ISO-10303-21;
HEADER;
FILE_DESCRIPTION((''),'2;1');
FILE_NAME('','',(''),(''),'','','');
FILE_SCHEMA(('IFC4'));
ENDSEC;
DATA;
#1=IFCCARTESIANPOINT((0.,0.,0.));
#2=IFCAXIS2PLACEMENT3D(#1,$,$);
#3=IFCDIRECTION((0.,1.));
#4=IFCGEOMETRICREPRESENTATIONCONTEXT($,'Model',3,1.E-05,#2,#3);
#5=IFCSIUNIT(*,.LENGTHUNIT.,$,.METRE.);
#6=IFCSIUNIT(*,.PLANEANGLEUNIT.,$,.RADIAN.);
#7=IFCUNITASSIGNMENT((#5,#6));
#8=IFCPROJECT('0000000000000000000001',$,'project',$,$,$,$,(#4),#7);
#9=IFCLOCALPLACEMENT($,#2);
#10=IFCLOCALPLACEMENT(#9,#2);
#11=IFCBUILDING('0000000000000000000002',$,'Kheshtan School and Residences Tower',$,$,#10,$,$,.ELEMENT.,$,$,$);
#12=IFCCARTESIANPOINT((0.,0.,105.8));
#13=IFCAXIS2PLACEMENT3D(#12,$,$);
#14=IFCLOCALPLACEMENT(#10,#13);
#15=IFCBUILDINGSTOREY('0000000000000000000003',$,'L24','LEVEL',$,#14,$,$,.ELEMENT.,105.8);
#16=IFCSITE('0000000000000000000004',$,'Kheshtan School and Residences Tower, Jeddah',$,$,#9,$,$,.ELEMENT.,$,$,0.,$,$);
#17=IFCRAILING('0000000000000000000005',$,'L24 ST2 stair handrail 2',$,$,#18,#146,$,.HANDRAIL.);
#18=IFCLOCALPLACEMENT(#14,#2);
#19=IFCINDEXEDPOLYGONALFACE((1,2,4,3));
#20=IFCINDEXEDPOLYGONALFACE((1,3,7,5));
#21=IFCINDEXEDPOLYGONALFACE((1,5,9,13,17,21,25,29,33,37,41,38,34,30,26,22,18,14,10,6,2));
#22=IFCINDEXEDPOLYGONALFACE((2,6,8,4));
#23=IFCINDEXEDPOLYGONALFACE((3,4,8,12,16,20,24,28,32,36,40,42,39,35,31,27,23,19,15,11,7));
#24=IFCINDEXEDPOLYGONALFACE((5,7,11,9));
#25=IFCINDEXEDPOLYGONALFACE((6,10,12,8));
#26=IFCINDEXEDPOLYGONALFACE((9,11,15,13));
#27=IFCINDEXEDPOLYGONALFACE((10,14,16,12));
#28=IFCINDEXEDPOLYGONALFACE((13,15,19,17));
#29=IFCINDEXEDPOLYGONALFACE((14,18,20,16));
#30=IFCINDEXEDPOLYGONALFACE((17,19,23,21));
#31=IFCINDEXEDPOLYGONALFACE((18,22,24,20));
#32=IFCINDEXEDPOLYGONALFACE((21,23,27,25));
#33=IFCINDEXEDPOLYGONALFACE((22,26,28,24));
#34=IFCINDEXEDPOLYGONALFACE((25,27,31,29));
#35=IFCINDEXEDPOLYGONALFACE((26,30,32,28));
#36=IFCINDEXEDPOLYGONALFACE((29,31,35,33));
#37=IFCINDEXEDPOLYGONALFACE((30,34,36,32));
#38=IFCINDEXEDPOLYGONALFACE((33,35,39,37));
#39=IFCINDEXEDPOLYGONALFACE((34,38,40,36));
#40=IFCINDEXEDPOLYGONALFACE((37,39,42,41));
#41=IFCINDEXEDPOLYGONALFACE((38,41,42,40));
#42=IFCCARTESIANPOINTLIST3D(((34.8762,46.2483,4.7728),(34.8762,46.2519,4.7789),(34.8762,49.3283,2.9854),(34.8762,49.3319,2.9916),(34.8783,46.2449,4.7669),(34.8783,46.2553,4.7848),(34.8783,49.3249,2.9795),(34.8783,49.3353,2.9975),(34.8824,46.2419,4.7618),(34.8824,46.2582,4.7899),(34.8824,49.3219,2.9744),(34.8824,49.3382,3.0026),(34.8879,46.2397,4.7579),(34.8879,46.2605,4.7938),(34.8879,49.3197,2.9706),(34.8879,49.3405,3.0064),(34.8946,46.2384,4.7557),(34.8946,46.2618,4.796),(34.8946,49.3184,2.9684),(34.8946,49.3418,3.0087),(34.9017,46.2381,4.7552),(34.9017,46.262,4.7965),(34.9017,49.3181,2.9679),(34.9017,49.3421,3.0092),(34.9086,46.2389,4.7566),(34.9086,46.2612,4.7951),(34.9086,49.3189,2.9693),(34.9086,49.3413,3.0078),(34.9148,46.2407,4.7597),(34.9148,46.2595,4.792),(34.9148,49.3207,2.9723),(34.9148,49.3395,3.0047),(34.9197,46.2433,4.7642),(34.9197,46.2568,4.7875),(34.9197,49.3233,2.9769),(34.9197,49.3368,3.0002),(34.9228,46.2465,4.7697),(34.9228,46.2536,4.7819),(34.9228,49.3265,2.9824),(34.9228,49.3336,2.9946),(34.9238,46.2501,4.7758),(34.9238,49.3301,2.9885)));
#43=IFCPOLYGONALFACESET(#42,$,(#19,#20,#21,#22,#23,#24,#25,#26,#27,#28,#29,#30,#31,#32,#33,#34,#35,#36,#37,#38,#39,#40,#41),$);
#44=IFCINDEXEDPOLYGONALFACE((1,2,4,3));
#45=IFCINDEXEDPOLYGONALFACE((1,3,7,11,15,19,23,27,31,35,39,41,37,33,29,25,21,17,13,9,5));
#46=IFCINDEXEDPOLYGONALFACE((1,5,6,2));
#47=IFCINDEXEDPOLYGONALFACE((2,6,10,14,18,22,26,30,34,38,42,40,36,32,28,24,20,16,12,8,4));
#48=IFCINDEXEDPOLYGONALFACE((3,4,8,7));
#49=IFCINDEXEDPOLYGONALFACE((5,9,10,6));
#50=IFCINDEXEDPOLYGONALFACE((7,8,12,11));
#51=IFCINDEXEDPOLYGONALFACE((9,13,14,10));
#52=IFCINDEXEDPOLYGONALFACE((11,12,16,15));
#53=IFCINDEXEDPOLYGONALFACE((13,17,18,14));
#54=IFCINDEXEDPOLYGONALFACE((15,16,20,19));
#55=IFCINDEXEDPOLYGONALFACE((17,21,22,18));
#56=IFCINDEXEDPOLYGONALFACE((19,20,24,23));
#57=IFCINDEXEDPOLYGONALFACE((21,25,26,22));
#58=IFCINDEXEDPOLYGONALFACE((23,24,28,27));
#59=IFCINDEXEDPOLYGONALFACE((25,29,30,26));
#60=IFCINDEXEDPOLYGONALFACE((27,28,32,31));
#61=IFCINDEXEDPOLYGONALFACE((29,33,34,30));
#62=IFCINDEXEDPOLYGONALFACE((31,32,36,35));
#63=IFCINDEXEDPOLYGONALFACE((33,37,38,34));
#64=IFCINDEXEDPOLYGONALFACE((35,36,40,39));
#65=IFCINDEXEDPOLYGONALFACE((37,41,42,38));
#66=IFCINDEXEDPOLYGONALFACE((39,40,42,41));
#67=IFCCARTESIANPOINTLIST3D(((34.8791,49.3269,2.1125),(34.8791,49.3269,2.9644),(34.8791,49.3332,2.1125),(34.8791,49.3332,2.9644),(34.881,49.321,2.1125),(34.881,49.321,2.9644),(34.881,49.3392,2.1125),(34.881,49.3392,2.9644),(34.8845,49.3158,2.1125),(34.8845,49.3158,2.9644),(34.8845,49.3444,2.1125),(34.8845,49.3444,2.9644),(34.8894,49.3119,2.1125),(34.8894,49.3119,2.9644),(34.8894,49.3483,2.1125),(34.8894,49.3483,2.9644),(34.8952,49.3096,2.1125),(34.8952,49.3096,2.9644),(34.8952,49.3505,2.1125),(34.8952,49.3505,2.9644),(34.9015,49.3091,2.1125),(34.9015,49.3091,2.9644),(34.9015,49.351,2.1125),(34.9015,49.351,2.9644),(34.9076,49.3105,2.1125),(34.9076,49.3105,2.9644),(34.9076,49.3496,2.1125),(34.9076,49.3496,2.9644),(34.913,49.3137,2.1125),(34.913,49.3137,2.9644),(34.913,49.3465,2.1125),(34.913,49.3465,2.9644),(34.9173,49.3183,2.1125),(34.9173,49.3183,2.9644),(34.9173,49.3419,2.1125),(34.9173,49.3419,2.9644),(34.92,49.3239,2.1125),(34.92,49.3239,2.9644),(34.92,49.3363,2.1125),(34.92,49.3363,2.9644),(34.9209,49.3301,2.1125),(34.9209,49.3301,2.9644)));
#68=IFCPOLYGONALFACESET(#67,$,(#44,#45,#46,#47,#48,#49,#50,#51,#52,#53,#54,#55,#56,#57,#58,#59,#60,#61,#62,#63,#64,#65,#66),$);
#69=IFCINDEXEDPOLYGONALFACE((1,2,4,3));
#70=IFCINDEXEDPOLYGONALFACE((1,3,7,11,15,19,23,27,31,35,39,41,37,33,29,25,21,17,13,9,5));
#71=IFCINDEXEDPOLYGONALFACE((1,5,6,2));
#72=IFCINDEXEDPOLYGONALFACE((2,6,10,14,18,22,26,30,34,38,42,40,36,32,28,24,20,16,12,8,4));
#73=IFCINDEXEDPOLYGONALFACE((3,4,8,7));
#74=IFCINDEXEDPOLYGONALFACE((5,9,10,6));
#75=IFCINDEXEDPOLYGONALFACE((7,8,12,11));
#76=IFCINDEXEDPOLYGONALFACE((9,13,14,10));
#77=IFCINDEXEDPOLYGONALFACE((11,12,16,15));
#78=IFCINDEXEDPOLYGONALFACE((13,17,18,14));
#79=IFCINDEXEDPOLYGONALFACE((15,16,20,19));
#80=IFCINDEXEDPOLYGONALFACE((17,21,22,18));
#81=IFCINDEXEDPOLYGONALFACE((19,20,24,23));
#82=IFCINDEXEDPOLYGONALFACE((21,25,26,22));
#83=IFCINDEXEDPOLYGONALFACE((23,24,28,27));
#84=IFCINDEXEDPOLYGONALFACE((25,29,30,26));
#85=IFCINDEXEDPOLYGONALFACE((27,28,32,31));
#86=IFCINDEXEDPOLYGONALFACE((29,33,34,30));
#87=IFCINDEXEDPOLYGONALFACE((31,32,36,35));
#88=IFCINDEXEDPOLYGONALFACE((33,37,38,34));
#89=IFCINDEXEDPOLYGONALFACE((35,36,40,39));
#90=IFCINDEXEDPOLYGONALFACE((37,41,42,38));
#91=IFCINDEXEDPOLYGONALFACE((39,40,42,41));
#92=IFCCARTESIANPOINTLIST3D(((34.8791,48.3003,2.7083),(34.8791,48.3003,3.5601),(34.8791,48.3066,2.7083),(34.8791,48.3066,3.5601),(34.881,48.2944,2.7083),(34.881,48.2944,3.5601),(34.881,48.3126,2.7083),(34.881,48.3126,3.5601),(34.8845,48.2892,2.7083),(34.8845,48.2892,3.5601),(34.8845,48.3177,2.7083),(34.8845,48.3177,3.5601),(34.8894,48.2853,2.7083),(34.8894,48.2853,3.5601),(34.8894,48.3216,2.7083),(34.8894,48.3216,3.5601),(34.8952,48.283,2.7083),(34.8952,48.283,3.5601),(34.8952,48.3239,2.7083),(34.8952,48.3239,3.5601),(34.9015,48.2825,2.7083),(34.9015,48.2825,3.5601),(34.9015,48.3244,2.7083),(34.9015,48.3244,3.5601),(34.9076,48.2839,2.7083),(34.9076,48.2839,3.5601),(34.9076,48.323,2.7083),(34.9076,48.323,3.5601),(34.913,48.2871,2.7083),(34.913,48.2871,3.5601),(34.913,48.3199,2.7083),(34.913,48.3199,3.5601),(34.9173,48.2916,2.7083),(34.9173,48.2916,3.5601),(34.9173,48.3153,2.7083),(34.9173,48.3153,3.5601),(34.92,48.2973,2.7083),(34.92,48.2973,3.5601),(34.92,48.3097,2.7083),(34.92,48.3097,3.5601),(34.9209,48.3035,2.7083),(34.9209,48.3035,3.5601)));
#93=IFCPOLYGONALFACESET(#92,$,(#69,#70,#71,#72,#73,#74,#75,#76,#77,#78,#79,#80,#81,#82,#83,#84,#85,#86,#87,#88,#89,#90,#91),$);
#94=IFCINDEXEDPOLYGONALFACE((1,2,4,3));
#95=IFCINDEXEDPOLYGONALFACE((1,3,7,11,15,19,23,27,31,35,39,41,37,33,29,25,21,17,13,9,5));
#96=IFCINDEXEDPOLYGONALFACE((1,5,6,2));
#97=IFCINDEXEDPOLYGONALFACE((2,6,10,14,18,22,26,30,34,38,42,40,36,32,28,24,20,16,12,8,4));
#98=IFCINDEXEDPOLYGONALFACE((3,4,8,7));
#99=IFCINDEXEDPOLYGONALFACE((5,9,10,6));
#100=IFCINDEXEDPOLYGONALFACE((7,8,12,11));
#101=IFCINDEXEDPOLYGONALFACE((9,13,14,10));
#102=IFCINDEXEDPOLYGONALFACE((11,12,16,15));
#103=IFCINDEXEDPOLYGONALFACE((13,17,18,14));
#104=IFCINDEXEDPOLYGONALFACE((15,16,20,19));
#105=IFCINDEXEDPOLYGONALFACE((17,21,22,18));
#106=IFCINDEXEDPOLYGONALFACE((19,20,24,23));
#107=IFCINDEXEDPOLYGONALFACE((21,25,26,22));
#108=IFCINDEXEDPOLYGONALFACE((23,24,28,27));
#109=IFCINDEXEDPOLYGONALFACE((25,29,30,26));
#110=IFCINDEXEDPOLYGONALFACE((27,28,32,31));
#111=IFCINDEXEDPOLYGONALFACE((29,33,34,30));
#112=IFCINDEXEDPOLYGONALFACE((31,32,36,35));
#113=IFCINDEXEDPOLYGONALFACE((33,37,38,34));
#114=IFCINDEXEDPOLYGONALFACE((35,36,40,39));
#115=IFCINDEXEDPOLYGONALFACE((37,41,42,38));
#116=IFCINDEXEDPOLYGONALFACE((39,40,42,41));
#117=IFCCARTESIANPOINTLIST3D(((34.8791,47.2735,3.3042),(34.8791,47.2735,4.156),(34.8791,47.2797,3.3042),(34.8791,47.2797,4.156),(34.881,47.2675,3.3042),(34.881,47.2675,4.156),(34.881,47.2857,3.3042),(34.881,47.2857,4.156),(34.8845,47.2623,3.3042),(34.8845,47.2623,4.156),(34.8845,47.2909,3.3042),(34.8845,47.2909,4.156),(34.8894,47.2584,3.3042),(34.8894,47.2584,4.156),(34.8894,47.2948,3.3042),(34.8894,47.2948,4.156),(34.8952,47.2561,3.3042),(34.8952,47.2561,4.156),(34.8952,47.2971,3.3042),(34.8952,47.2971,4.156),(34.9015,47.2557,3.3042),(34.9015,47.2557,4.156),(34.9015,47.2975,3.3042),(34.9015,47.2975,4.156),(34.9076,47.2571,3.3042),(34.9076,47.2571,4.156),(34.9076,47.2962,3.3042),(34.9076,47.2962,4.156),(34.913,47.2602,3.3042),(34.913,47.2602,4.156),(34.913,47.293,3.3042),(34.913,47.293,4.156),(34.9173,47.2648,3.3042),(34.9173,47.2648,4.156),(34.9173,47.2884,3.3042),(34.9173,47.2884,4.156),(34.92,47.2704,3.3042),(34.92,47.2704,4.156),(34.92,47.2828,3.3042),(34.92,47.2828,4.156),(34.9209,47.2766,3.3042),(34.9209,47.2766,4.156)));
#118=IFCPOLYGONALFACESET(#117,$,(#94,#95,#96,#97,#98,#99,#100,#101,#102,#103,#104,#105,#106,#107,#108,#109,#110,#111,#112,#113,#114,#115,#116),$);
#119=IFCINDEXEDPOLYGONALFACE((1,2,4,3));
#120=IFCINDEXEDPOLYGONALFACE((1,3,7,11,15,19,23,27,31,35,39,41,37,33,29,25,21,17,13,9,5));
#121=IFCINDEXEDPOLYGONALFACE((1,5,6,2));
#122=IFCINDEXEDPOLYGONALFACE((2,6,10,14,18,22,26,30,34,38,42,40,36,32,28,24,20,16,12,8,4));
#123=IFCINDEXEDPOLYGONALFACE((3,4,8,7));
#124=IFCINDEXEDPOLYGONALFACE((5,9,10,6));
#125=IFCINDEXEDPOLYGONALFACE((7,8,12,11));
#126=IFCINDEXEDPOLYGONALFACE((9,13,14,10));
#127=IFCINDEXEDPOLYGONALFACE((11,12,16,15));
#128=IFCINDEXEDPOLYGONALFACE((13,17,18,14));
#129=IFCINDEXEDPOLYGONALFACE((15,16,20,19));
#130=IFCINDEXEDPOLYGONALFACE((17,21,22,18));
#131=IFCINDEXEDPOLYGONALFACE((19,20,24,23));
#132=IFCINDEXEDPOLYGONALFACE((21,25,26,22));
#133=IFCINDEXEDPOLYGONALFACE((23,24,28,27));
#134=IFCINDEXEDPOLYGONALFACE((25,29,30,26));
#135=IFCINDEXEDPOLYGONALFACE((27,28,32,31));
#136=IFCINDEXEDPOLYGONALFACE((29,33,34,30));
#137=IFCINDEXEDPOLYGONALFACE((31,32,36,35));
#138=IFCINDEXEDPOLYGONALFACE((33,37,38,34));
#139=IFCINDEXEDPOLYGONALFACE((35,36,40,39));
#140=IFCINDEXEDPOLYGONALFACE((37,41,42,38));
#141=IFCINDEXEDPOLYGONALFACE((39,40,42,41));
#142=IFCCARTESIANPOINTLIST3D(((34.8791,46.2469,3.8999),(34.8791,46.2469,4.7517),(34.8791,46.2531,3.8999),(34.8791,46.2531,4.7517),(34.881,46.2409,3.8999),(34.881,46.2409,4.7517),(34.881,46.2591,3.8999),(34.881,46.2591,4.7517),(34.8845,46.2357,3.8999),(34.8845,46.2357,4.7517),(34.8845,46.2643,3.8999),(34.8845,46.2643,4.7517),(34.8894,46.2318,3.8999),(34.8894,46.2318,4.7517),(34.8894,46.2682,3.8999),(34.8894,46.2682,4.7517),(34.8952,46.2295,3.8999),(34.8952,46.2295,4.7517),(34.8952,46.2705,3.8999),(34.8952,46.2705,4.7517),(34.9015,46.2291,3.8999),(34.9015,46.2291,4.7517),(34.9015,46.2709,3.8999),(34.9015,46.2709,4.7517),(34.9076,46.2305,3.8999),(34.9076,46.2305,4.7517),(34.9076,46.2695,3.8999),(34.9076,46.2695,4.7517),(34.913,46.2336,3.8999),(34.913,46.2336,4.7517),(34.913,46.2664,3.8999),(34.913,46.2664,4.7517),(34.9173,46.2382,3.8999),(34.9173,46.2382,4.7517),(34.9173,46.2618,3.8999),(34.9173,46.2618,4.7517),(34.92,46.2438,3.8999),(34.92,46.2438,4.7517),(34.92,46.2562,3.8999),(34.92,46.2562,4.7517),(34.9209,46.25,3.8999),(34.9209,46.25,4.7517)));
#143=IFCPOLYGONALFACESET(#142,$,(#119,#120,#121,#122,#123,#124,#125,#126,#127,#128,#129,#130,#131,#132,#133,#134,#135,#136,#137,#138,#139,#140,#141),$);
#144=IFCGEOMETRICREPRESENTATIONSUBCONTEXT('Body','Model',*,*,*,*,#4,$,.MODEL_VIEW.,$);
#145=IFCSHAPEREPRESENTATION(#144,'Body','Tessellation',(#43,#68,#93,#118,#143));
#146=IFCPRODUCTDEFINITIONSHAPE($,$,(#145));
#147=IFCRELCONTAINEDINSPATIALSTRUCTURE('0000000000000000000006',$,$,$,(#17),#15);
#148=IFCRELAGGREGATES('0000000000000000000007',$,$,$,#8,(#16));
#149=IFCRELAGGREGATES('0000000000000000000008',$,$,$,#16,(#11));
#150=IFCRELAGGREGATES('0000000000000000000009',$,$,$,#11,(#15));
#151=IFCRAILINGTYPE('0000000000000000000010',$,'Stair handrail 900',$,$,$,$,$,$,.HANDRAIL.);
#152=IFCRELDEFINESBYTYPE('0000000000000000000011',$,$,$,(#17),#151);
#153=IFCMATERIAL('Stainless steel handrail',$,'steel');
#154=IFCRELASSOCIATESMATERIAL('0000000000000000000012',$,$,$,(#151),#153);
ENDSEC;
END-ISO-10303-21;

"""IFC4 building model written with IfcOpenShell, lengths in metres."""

from ifc_helpers import new_model, si_unit, direction, frame, origin, origin_2d, place, context, subcontext, project, spatial, circle, extrude, material, type_object, element, save


model = new_model("IFC4")

# Units and contexts
model_context = context("Model", 3, precision=1e-05, world=origin(), true_north=direction((0.0, 1.0)))
body_context = subcontext(model_context, "Body", "Model", "MODEL_VIEW")
ifc_project = project(units=[si_unit("LENGTHUNIT", "METRE"), si_unit("PLANEANGLEUNIT", "RADIAN")], contexts=[model_context])

# Site, building, storey
site_placement = place(None, origin())
site = spatial("IfcSite", under=ifc_project, at=site_placement, Name="Kheshtan School and Residences Tower, Jeddah", CompositionType="ELEMENT", RefElevation=0.0)
building_placement = place(site_placement, origin())
building = spatial("IfcBuilding", under=site, at=building_placement, Name="Kheshtan School and Residences Tower", CompositionType="ELEMENT")
storey_placement = place(building_placement, frame((0.0, 0.0, 105.8)))
storey = spatial("IfcBuildingStorey", under=building, at=storey_placement, Name="L24", Description="LEVEL", CompositionType="ELEMENT", Elevation=105.8)

# Railing
ifc_material_1 = material(Name="Stainless steel handrail", Category="steel")
railing_type_1 = type_object("IfcRailingType", Name="Stair handrail 900", PredefinedType="HANDRAIL", material=ifc_material_1)
railing_1_placement = place(storey_placement, frame((34.8999, 49.3301, 2.1125)))
element("IfcRailing", 1, at=railing_1_placement, inside=storey, type_object=railing_type_1, Name="L24 ST2 stair handrail 2", PredefinedType="HANDRAIL", context=body_context, shape_type="SweptSolid", body=[
    extrude(circle(Radius=0.0239, at=origin_2d()), frame((0.0, 0.0, 0.876), z_axis=(0.0, -0.86492, 0.501909), x_axis=(1.0, 0.0, 0.0)), (0.0, 0.0, 1.0), 3.561),
    extrude(circle(Radius=0.021, at=origin_2d()), origin(), (0.0, 0.0, 1.0), 0.8518),
    extrude(circle(Radius=0.021, at=origin_2d()), frame((0.0, -1.0266, 0.5957)), (0.0, 0.0, 1.0), 0.8518),
    extrude(circle(Radius=0.021, at=origin_2d()), frame((0.0, -2.0535, 1.1917)), (0.0, 0.0, 1.0), 0.8518),
    extrude(circle(Radius=0.021, at=origin_2d()), frame((0.0, -3.0801, 1.7874)), (0.0, 0.0, 1.0), 0.8518),
])

save(model, "model.ifc")
